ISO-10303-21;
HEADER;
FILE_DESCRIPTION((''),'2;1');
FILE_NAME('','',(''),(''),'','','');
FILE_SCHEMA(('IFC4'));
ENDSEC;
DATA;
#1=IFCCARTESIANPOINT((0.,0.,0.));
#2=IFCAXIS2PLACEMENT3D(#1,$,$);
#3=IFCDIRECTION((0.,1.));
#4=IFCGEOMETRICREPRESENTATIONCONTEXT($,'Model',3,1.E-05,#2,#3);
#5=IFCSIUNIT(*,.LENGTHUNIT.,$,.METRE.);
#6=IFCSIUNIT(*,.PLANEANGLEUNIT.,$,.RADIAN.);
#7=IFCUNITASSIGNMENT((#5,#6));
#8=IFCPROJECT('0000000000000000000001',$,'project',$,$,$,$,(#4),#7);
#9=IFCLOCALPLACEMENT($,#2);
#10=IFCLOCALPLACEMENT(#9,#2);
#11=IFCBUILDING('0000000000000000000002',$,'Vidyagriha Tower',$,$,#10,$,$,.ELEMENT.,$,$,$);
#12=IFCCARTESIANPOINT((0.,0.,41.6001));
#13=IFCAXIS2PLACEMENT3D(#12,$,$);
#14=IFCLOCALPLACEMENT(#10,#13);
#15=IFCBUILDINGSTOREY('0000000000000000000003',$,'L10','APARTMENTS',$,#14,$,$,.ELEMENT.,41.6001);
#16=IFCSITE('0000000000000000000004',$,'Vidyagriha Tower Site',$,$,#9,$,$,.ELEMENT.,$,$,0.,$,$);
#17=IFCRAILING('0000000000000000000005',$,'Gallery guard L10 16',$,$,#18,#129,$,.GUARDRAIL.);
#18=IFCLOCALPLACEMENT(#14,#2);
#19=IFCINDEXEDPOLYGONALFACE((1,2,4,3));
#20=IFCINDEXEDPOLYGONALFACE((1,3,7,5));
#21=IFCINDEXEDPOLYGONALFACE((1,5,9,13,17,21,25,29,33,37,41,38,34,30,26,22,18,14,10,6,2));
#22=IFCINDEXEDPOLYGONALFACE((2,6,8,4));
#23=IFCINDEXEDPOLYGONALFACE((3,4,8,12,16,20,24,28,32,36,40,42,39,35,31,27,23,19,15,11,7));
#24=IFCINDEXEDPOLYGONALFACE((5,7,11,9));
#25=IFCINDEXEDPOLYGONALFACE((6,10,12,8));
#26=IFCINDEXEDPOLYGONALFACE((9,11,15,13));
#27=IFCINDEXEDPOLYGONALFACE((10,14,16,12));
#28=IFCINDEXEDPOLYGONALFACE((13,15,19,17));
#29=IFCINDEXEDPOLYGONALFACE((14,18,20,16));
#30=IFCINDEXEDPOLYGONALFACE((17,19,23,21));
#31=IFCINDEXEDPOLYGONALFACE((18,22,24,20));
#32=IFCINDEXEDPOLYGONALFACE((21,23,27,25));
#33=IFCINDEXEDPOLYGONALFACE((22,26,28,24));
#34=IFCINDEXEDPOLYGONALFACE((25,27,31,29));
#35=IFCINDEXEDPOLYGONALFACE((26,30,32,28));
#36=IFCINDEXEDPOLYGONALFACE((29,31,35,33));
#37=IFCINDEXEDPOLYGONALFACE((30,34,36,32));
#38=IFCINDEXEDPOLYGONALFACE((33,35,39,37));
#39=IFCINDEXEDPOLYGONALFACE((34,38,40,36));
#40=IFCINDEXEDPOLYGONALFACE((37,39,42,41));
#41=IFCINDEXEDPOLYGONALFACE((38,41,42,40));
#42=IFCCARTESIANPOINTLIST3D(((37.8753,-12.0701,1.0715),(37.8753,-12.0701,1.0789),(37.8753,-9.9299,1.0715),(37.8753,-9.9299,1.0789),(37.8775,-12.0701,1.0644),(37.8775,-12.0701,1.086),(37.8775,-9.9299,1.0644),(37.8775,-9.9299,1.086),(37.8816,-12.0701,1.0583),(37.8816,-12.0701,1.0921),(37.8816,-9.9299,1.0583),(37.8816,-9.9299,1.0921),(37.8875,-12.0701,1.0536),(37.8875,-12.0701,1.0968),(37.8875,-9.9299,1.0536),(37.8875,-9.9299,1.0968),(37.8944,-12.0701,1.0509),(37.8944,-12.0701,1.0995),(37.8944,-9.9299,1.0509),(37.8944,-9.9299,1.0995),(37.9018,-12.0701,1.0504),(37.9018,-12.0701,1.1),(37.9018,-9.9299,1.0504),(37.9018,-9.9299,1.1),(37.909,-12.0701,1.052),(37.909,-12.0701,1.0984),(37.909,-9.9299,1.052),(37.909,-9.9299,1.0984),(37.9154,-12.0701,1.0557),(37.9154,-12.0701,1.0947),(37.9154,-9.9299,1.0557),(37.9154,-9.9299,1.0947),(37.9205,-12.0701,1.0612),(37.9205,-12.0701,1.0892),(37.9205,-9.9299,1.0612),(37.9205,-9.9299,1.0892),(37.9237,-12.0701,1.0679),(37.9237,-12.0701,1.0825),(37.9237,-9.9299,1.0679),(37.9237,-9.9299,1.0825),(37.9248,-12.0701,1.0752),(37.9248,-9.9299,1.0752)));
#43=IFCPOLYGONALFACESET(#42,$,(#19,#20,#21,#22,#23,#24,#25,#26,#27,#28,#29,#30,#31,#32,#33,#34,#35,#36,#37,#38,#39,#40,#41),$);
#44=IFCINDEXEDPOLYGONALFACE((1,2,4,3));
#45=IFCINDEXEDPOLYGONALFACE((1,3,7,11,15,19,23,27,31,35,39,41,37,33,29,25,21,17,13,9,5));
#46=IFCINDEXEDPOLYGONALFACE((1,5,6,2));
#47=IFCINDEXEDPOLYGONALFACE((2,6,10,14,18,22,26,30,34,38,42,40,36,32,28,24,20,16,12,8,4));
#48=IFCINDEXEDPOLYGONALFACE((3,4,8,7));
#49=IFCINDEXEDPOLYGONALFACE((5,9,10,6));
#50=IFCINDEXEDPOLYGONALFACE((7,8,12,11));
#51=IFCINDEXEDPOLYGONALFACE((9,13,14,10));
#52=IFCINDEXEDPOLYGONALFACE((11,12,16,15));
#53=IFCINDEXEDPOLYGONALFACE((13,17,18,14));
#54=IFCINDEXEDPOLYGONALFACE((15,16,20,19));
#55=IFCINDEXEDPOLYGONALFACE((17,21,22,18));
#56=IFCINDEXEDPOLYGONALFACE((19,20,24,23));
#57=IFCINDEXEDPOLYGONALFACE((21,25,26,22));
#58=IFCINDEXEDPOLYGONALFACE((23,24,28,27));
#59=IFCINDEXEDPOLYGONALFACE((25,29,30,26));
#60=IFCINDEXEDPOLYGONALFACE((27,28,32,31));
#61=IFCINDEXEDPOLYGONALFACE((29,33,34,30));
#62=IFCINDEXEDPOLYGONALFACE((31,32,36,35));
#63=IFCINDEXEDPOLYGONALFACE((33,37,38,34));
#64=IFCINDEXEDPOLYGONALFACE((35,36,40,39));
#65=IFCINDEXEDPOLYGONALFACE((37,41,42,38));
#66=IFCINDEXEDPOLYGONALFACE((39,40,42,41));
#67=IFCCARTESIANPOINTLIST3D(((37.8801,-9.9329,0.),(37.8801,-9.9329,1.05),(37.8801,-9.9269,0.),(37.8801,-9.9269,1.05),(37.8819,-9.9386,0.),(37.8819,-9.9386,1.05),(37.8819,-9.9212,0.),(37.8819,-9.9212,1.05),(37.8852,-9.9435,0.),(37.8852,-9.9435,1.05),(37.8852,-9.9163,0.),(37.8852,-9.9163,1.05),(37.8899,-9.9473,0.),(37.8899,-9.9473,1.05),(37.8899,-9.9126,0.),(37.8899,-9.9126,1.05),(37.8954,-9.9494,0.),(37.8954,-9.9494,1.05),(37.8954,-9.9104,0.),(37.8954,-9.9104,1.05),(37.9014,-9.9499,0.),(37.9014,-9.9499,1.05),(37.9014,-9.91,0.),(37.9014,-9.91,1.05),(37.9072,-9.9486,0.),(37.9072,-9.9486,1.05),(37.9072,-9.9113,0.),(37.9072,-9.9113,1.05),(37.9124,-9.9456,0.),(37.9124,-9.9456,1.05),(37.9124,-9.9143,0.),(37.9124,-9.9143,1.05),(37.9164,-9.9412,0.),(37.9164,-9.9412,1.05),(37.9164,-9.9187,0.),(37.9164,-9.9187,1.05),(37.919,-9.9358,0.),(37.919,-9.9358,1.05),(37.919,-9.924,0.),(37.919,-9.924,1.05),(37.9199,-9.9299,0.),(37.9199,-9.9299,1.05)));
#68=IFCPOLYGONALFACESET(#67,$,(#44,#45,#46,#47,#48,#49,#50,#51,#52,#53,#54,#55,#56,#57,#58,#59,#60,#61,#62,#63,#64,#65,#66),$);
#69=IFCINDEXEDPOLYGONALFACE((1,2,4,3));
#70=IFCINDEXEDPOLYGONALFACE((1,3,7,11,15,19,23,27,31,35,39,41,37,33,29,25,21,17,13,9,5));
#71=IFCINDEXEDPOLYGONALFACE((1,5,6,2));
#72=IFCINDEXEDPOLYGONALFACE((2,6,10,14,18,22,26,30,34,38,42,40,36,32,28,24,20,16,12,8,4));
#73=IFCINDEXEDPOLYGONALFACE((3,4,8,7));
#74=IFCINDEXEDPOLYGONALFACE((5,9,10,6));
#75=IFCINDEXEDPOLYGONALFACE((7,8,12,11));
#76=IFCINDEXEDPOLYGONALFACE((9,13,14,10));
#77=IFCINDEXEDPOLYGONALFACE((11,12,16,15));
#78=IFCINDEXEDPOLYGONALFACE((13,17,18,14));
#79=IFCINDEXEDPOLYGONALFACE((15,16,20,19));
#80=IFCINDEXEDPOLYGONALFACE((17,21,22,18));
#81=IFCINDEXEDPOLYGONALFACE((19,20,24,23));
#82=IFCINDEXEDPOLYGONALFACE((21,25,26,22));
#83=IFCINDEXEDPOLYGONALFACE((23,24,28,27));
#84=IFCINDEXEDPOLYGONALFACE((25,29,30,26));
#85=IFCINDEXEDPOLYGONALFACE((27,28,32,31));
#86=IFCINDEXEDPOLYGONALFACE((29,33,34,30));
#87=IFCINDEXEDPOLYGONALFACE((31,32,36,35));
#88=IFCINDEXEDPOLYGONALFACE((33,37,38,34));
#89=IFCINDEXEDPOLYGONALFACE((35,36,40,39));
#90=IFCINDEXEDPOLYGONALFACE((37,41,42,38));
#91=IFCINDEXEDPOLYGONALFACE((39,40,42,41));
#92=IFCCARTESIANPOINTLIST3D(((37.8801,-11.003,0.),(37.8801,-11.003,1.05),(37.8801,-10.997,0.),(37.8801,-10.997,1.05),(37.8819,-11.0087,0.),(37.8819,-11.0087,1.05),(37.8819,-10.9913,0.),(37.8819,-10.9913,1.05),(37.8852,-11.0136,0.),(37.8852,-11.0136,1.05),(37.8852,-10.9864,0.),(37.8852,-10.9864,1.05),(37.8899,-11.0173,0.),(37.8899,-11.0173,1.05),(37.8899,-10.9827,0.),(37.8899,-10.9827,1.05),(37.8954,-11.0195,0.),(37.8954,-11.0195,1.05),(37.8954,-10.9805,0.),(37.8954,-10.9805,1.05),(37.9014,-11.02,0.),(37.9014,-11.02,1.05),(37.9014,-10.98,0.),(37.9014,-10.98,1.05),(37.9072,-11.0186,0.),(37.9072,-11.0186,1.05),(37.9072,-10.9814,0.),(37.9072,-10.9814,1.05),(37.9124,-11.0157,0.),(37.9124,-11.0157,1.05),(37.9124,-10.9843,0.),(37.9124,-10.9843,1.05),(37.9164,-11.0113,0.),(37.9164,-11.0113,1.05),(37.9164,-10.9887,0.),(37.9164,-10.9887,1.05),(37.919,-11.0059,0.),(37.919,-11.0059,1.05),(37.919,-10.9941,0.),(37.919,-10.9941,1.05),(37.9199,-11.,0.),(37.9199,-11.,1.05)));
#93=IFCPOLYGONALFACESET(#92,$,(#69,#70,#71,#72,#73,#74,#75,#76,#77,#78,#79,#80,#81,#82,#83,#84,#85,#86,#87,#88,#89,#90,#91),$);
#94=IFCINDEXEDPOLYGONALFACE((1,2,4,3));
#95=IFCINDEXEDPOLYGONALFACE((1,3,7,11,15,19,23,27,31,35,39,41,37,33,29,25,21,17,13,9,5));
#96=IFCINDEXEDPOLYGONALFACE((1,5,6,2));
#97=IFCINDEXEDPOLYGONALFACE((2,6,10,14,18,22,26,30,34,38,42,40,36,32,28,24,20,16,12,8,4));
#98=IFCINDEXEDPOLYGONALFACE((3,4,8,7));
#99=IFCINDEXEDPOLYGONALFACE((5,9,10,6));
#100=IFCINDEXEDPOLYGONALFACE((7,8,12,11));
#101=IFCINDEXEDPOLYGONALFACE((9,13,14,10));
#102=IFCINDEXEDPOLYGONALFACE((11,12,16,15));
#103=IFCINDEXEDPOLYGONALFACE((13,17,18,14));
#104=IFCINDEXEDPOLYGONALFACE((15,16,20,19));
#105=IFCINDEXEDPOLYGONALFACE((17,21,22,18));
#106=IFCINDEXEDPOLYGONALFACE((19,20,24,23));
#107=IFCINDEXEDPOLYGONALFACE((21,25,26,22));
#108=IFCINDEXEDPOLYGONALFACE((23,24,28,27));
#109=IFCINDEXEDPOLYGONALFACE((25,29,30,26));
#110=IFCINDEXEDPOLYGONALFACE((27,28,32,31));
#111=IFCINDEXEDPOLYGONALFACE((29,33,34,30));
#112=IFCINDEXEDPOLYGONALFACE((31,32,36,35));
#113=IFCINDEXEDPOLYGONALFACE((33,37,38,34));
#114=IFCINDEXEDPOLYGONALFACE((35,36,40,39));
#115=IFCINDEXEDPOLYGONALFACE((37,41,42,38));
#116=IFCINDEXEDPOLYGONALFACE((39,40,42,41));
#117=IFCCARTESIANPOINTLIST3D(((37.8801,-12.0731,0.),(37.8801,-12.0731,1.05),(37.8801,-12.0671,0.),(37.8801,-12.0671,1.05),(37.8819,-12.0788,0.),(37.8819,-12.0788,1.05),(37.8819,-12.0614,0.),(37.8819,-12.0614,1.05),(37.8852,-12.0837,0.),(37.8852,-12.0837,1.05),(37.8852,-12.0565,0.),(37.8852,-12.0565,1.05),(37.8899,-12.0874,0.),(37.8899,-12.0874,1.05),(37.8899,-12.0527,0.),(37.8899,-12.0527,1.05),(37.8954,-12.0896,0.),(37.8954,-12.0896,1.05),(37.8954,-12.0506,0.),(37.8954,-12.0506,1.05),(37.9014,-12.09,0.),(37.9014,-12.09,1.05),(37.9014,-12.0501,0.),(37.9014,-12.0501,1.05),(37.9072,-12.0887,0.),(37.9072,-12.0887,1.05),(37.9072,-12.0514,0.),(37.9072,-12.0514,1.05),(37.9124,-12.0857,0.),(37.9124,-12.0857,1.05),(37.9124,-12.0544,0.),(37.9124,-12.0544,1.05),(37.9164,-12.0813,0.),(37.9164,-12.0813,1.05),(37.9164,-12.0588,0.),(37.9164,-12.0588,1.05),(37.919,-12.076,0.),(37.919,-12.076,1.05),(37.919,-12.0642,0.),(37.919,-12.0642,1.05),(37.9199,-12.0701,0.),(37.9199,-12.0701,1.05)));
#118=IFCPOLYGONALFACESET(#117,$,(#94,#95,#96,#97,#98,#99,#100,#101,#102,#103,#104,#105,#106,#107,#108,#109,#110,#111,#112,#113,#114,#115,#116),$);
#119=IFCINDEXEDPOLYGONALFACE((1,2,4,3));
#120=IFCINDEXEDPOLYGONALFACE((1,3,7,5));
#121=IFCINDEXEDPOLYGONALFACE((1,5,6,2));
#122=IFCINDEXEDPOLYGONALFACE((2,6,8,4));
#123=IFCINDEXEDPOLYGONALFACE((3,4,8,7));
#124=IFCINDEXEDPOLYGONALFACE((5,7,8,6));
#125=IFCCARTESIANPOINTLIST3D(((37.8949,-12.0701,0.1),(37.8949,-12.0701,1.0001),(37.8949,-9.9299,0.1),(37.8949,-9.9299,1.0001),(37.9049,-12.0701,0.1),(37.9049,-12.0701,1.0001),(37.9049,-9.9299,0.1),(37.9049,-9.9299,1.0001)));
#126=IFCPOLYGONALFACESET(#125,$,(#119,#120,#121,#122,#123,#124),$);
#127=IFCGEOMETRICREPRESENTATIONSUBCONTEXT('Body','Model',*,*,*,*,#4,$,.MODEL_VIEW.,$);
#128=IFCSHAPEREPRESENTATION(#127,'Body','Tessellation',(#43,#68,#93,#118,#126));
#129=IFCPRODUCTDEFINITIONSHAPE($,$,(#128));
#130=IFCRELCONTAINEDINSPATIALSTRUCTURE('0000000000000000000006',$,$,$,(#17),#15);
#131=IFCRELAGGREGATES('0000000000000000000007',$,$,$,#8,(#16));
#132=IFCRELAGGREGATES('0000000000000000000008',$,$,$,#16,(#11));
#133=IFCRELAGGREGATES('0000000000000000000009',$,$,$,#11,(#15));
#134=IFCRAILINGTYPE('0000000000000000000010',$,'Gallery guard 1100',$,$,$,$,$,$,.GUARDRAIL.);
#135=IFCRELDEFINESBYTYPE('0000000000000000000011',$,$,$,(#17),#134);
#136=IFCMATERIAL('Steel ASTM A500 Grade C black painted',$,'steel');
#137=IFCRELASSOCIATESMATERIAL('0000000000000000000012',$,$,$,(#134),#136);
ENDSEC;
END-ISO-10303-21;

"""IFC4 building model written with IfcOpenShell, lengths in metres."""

from ifc_helpers import new_model, si_unit, direction, frame, origin, origin_2d, place, context, subcontext, project, spatial, rectangle, circle, extrude, material, type_object, element, save


model = new_model("IFC4")

# Units and contexts
model_context = context("Model", 3, precision=1e-05, world=origin(), true_north=direction((0.0, 1.0)))
body_context = subcontext(model_context, "Body", "Model", "MODEL_VIEW")
ifc_project = project(units=[si_unit("LENGTHUNIT", "METRE"), si_unit("PLANEANGLEUNIT", "RADIAN")], contexts=[model_context])

# Site, building, storey
site_placement = place(None, origin())
site = spatial("IfcSite", under=ifc_project, at=site_placement, Name="Vidyagriha Tower Site", CompositionType="ELEMENT", RefElevation=0.0)
building_placement = place(site_placement, origin())
building = spatial("IfcBuilding", under=site, at=building_placement, Name="Vidyagriha Tower", CompositionType="ELEMENT")
storey_placement = place(building_placement, frame((0.0, 0.0, 41.6001)))
storey = spatial("IfcBuildingStorey", under=building, at=storey_placement, Name="L10", Description="APARTMENTS", CompositionType="ELEMENT", Elevation=41.6001)

# Railing
ifc_material_1 = material(Name="Steel ASTM A500 Grade C black painted", Category="steel")
railing_type = type_object("IfcRailingType", Name="Gallery guard 1100", PredefinedType="GUARDRAIL", material=ifc_material_1)
railing_1_placement = place(storey_placement, frame((37.8999, -9.9299, 0.0)))
element("IfcRailing", 1, at=railing_1_placement, inside=storey, type_object=railing_type, Name="Gallery guard L10 16", PredefinedType="GUARDRAIL", context=body_context, shape_type="SweptSolid", body=[
    extrude(circle(Radius=0.0249, at=origin_2d()), frame((0.0, 0.0, 1.0752), z_axis=(0.0, -1.0, 0.0), x_axis=(1.0, 0.0, 0.0)), (0.0, 0.0, 1.0), 2.1401),
    extrude(circle(Radius=0.02, at=origin_2d()), origin(), (0.0, 0.0, 1.0), 1.05),
    extrude(circle(Radius=0.02, at=origin_2d()), frame((0.0, -1.0701, 0.0)), (0.0, 0.0, 1.0), 1.05),
    extrude(circle(Radius=0.02, at=origin_2d()), frame((0.0, -2.1401, 0.0)), (0.0, 0.0, 1.0), 1.05),
    extrude(rectangle(XDim=0.01, YDim=0.9001, at=origin_2d()), frame((0.0, 0.0, 0.55), z_axis=(0.0, -1.0, 0.0), x_axis=(1.0, 0.0, 0.0)), (0.0, 0.0, 1.0), 2.1401),
])

save(model, "model.ifc")
